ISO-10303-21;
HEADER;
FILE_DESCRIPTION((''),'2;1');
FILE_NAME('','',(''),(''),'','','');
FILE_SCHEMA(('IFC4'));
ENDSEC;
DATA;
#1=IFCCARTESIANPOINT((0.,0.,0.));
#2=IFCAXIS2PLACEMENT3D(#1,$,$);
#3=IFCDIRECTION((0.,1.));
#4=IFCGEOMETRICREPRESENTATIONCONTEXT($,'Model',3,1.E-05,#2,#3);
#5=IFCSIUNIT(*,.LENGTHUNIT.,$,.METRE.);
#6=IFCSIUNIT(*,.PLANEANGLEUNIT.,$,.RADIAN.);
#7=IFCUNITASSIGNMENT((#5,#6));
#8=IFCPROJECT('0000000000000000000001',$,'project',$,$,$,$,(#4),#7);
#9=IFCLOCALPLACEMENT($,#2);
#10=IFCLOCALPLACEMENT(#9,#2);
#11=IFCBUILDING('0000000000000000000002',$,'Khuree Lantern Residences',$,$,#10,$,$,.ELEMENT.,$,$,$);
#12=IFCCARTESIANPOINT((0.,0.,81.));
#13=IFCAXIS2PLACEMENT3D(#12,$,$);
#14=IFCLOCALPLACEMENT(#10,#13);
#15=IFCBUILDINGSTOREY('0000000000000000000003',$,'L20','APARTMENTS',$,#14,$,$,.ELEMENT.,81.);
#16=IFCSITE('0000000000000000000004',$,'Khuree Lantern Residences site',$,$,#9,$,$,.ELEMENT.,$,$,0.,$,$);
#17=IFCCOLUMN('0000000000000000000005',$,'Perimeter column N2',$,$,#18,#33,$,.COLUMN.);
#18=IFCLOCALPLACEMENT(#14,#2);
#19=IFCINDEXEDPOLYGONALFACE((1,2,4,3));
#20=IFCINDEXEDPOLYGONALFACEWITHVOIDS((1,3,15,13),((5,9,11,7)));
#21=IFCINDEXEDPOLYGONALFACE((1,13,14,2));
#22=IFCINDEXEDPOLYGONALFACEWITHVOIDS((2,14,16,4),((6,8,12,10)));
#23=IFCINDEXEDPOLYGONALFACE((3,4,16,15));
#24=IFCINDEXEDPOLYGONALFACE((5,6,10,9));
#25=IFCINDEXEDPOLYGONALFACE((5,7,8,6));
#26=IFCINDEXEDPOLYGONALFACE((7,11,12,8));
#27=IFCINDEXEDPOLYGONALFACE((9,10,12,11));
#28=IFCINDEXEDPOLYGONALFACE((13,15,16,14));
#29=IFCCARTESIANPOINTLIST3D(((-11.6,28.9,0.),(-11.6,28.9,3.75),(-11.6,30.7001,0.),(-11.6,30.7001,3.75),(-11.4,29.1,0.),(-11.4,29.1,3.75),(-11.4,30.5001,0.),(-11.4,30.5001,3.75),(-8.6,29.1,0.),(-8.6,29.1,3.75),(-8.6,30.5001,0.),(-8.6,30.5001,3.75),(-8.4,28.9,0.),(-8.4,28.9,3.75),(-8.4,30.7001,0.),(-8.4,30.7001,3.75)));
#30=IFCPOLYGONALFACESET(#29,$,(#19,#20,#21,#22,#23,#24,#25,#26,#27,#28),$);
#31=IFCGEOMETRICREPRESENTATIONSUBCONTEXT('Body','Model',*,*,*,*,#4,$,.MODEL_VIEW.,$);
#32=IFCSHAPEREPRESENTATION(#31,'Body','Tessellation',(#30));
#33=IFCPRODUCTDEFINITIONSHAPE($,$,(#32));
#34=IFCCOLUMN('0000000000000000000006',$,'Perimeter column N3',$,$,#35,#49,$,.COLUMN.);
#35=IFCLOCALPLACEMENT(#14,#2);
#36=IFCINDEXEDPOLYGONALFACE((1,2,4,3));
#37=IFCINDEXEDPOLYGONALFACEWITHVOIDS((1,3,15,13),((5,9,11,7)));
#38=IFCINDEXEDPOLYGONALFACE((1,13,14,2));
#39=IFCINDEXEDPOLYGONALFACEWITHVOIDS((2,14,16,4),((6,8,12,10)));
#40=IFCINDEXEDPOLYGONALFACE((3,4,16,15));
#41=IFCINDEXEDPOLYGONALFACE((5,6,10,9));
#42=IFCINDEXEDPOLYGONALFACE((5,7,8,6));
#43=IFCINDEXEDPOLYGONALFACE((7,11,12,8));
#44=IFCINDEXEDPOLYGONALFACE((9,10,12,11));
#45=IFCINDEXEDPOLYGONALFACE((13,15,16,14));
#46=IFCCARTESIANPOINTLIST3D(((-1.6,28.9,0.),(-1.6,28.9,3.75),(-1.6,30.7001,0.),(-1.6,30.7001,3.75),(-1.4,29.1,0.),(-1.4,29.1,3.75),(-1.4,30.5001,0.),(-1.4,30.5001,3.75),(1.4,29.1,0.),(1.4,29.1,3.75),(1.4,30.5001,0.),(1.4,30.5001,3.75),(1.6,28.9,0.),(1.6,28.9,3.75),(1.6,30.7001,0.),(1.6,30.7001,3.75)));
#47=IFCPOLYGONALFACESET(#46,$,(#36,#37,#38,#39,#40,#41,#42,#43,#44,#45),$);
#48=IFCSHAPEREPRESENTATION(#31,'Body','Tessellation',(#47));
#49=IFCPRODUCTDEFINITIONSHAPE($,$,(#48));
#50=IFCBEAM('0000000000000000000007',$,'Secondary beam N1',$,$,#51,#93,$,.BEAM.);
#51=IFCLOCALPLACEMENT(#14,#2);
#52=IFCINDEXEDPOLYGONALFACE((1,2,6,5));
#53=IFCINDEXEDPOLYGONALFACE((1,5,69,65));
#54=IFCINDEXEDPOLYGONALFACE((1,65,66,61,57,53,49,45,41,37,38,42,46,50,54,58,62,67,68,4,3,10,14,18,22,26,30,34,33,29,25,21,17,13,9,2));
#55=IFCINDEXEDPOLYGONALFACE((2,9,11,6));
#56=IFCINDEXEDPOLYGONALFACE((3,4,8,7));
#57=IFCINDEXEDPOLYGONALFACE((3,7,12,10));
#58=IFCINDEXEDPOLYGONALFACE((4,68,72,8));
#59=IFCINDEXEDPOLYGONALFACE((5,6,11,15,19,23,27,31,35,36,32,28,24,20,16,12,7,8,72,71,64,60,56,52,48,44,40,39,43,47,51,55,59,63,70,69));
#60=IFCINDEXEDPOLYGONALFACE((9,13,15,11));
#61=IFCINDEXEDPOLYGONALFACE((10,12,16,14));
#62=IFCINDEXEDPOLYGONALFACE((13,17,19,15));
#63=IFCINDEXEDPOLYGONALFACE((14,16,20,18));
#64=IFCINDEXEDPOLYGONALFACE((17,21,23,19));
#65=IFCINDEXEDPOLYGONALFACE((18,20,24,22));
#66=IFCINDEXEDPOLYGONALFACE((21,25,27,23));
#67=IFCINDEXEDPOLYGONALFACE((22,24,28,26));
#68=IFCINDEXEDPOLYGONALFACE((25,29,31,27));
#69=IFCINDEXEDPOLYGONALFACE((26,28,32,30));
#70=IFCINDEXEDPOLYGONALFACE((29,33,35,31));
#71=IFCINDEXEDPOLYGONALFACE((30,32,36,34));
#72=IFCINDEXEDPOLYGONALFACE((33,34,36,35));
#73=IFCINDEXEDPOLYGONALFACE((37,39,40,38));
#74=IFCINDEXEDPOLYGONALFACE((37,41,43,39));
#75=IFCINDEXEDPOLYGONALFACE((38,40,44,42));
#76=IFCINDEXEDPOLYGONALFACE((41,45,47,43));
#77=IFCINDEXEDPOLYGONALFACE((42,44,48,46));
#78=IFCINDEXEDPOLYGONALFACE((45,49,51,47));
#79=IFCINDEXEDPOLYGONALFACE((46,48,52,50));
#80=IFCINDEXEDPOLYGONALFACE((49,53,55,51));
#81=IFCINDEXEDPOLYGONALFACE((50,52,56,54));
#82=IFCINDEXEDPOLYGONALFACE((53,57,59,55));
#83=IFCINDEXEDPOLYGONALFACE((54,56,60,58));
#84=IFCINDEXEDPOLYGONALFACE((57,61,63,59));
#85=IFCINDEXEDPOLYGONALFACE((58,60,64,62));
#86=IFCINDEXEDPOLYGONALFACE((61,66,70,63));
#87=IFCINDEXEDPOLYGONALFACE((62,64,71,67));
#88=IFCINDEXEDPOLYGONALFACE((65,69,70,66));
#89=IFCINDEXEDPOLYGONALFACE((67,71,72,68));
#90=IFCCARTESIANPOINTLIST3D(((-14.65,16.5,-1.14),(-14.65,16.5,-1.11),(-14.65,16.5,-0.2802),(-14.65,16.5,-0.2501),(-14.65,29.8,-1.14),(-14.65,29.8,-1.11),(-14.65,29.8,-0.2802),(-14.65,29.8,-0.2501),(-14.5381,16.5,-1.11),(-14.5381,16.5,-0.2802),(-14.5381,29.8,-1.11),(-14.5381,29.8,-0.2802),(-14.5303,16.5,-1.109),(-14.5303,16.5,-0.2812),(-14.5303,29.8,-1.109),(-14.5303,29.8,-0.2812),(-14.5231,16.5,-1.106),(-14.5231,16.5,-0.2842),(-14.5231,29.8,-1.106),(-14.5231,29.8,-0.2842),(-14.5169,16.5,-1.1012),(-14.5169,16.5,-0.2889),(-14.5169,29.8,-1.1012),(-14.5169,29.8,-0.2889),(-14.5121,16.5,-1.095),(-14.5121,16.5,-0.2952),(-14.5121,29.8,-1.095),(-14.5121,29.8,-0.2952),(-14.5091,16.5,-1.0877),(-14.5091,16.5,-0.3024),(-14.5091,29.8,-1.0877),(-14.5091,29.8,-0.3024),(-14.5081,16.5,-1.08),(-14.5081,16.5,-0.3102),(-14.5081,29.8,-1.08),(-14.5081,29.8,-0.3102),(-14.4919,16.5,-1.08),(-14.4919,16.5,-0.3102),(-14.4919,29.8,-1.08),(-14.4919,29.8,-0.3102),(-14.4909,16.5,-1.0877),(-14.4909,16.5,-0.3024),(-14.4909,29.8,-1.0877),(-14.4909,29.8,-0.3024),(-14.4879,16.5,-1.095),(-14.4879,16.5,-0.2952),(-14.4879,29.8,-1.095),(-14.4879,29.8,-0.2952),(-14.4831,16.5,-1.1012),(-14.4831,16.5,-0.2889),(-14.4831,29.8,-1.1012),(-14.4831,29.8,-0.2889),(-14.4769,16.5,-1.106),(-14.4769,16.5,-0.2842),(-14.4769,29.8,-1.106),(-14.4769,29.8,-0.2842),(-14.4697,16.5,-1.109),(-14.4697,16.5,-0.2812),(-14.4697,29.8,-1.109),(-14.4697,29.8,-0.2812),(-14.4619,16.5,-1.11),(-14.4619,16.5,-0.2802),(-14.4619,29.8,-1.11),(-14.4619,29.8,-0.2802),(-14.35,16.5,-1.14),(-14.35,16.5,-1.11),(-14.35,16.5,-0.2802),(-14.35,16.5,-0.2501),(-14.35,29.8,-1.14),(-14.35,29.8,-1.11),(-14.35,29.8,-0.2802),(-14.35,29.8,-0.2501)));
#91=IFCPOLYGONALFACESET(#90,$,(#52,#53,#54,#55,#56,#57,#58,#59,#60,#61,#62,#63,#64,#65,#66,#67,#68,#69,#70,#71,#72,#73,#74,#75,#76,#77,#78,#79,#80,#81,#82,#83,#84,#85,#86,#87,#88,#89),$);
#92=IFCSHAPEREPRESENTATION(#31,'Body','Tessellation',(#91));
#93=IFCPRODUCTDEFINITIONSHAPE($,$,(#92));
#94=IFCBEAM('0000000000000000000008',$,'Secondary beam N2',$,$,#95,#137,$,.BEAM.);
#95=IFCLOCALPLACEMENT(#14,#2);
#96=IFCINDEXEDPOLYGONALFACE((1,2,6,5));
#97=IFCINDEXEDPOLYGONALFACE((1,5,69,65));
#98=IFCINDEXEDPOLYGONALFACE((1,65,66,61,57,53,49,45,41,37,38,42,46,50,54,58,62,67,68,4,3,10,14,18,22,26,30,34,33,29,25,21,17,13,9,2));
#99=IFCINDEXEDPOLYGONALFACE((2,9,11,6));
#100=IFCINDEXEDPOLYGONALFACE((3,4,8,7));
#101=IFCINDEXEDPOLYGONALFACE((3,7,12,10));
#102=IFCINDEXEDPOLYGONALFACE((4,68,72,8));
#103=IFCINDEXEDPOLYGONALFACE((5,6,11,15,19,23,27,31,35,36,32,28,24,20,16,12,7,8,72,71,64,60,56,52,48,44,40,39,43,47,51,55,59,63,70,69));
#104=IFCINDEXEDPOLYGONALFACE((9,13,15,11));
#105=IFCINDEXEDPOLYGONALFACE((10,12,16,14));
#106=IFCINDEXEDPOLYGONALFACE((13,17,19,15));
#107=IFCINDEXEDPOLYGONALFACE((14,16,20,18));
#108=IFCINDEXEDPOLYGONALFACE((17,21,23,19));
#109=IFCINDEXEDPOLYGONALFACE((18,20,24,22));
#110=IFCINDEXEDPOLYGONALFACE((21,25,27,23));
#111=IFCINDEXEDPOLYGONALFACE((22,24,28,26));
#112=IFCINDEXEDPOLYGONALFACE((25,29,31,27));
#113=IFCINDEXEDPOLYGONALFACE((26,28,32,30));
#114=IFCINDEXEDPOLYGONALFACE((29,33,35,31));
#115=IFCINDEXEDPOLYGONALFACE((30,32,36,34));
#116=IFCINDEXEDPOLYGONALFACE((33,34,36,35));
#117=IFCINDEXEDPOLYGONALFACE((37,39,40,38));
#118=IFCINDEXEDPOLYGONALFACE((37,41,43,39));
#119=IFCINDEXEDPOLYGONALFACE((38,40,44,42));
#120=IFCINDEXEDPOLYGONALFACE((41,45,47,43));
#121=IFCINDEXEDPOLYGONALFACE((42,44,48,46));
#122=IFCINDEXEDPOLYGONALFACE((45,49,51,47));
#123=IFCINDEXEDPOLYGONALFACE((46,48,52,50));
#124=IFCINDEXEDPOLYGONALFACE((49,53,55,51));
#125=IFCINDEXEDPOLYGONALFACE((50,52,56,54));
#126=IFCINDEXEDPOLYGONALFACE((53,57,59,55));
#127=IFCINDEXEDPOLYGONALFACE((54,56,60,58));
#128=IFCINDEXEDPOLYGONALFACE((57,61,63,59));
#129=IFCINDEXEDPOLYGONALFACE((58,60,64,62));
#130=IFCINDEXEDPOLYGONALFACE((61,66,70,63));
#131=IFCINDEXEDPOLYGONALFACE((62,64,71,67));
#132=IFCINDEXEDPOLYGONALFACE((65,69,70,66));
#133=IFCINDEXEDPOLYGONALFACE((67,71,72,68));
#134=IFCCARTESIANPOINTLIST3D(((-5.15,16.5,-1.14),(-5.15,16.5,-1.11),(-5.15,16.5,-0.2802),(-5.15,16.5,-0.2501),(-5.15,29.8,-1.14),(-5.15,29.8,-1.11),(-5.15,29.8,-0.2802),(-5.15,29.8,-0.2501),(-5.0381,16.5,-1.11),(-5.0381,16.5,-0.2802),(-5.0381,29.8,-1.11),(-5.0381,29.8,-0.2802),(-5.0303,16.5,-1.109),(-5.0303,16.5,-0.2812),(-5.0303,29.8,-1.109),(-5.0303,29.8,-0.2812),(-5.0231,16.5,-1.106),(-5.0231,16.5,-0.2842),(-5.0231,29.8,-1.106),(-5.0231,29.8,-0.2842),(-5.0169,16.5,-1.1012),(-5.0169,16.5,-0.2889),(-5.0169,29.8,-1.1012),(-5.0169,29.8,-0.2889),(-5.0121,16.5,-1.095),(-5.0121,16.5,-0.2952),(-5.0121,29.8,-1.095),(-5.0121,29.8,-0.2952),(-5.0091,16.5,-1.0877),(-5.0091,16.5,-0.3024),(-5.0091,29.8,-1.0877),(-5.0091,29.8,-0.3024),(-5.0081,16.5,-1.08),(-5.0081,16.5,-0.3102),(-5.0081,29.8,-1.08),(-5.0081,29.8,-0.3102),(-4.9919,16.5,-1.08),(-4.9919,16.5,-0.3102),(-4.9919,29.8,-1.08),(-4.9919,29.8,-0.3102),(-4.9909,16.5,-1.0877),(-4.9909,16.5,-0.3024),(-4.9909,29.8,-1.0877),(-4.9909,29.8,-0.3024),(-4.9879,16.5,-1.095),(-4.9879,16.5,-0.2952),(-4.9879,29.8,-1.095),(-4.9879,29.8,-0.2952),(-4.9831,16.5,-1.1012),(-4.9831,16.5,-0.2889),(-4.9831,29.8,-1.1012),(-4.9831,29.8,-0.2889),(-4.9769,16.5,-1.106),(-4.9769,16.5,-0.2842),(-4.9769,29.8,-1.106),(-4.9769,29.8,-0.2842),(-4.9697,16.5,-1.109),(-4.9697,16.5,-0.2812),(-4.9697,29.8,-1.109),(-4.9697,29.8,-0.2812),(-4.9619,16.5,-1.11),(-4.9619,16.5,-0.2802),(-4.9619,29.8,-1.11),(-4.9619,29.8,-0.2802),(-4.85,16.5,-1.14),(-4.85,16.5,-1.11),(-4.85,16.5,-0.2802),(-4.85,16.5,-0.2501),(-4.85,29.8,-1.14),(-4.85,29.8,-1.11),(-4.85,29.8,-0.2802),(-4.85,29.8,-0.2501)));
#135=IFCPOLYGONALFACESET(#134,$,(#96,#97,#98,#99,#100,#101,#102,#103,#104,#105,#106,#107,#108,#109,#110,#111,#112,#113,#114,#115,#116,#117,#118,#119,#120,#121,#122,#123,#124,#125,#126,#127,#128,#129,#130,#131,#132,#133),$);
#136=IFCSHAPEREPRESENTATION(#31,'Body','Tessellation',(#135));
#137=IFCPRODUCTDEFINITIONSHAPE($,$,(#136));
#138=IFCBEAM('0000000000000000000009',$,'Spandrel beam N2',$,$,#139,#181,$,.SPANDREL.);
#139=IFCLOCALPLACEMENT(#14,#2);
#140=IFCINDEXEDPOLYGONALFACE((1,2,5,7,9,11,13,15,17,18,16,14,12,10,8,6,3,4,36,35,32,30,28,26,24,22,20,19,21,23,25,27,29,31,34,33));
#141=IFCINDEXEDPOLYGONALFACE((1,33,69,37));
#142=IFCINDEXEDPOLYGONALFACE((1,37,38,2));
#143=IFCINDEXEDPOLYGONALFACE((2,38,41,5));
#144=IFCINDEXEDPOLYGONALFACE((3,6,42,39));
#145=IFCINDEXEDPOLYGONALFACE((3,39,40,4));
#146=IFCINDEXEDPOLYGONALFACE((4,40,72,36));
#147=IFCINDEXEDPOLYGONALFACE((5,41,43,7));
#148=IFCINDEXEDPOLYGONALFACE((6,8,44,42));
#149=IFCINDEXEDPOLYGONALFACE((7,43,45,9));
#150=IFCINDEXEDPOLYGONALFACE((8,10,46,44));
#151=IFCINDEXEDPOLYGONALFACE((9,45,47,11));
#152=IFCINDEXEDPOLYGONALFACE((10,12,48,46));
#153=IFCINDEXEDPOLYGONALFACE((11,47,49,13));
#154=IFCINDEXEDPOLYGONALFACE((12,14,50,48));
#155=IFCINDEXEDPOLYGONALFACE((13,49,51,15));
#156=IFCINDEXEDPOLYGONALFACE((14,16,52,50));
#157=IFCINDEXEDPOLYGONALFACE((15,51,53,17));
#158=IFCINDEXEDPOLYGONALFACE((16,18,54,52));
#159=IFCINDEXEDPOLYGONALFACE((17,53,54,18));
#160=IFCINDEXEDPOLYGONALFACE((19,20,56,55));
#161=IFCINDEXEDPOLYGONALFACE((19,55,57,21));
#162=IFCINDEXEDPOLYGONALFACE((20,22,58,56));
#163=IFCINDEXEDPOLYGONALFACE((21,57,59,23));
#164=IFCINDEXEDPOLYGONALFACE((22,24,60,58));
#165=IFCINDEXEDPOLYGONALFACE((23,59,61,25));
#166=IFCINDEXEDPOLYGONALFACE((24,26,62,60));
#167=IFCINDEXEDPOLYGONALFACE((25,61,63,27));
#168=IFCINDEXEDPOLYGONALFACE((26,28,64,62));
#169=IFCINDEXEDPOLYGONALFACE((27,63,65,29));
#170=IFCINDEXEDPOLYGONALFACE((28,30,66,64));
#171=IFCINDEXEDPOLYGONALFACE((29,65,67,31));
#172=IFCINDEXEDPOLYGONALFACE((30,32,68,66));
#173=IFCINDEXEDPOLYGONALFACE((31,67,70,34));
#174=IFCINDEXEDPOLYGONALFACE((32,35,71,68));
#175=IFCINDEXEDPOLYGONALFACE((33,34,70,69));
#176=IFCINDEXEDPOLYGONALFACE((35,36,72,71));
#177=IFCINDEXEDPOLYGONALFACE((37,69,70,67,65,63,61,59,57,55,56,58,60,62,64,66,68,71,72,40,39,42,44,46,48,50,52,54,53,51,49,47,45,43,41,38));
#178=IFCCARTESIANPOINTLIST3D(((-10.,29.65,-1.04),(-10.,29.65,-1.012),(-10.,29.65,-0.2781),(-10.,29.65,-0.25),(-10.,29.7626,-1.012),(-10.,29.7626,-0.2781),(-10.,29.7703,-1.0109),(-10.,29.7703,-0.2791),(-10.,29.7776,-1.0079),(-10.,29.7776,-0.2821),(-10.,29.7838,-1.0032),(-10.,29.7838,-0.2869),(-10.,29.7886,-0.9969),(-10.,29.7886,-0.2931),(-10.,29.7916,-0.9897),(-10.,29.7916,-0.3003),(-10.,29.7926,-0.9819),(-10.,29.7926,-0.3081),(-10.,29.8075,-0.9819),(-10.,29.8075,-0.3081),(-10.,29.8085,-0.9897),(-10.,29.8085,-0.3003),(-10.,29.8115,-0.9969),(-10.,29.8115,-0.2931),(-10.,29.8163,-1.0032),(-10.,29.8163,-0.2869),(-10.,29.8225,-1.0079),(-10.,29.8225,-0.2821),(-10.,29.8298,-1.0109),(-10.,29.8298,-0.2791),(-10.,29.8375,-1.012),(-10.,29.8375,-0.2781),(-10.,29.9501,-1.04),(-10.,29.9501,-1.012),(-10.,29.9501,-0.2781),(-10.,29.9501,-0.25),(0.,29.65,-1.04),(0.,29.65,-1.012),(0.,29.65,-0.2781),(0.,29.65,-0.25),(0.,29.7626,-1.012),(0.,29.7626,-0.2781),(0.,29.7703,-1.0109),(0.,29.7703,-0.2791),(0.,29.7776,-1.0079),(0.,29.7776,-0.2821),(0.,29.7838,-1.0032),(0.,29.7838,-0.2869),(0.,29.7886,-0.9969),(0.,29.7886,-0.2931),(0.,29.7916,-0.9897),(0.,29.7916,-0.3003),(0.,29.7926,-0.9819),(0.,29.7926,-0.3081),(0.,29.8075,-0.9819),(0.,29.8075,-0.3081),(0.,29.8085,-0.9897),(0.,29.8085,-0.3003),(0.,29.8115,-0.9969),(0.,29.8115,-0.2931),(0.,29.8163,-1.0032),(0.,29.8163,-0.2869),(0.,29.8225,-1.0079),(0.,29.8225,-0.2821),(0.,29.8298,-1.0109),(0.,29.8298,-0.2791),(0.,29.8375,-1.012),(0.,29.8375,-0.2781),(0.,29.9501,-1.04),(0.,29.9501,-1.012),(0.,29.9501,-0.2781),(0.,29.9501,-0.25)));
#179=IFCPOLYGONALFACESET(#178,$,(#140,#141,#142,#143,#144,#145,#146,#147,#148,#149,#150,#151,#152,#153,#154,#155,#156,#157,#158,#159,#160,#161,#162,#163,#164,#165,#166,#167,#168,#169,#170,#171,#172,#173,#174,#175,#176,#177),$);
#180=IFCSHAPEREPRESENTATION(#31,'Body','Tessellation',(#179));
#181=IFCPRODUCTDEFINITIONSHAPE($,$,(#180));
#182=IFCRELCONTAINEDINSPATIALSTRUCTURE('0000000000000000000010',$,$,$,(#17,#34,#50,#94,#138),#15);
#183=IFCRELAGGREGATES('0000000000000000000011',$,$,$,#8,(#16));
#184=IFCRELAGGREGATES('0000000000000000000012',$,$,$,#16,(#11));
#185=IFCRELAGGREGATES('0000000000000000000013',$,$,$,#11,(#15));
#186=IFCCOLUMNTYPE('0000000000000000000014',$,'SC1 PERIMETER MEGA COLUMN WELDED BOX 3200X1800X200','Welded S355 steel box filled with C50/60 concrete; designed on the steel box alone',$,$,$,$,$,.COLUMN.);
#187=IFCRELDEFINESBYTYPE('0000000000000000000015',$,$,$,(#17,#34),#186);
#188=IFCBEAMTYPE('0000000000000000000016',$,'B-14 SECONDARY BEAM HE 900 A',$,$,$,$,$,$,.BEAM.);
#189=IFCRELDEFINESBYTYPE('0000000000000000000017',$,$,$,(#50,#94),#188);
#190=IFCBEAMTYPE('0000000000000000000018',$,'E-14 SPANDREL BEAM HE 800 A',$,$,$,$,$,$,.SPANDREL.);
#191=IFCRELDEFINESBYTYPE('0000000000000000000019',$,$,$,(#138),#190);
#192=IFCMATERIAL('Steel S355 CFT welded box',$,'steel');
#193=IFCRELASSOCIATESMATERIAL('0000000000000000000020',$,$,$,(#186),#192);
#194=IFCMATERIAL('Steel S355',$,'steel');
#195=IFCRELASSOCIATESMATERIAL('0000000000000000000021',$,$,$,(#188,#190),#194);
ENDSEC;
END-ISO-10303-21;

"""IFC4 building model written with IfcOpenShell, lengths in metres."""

from ifc_helpers import new_model, si_unit, direction, frame, origin, origin_2d, place, context, subcontext, project, spatial, hollow_rectangle, i_section, extrude, material, material_profile, profile_set, type_object, element, save


model = new_model("IFC4")

# Units and contexts
model_context = context("Model", 3, precision=1e-05, world=origin(), true_north=direction((0.0, 1.0)))
body_context = subcontext(model_context, "Body", "Model", "MODEL_VIEW")
ifc_project = project(units=[si_unit("LENGTHUNIT", "METRE"), si_unit("PLANEANGLEUNIT", "RADIAN")], contexts=[model_context])

# Site, building, storey
site_placement = place(None, origin())
site = spatial("IfcSite", under=ifc_project, at=site_placement, Name="Khuree Lantern Residences site", CompositionType="ELEMENT", RefElevation=0.0)
building_placement = place(site_placement, origin())
building = spatial("IfcBuilding", under=site, at=building_placement, Name="Khuree Lantern Residences", CompositionType="ELEMENT")
storey_placement = place(building_placement, frame((0.0, 0.0, 81.0)))
storey = spatial("IfcBuildingStorey", under=building, at=storey_placement, Name="L20", Description="APARTMENTS", CompositionType="ELEMENT", Elevation=81.0)

# Columns
ifc_material_1 = material(Name="Steel S355 CFT welded box", Category="steel")
ifc_material_profile_1 = material_profile(ifc_material_1, hollow_rectangle(XDim=3.2, YDim=1.8, WallThickness=0.2, at=origin_2d()), Name="WELDED BOX 3200X1800X200")
ifc_profile_set_1 = profile_set([ifc_material_profile_1], Name="Steel S355 CFT welded box")
column_type = type_object("IfcColumnType", Name="SC1 PERIMETER MEGA COLUMN WELDED BOX 3200X1800X200", Description="Welded S355 steel box filled with C50/60 concrete; designed on the steel box alone", PredefinedType="COLUMN", material=ifc_profile_set_1)
for number, where, z_axis, x_axis, name in (
    (1, (-10.0, 29.8, 0.0), (0.0, 0.0, 1.0), (1.0, 0.0, 0.0), "Perimeter column N2"),
    (2, (0.0, 29.8, 0.0), (0.0, 0.0, 1.0), (1.0, 0.0, 0.0), "Perimeter column N3"),
):
    element("IfcColumn", number, at=place(storey_placement, frame(where, z_axis=z_axis, x_axis=x_axis)), inside=storey, type_object=column_type, Name=name, PredefinedType="COLUMN", context=body_context, shape_type="SweptSolid", body=[
        extrude(hollow_rectangle(XDim=3.2, YDim=1.8, WallThickness=0.2, at=origin_2d()), origin(), (0.0, 0.0, 1.0), 3.75),
    ])

# Beams
ifc_material_2 = material(Name="Steel S355", Category="steel")
ifc_material_profile_2 = material_profile(ifc_material_2, i_section(OverallWidth=0.3, OverallDepth=0.8899, WebThickness=0.0161, FlangeThickness=0.03, FilletRadius=0.03, at=origin_2d()), Name="HE 900 A")
ifc_profile_set_2 = profile_set([ifc_material_profile_2], Name="Steel S355")
beam_type_1 = type_object("IfcBeamType", Name="B-14 SECONDARY BEAM HE 900 A", PredefinedType="BEAM", material=ifc_profile_set_2)
for number, where, z_axis, x_axis, name in (
    (3, (-14.5, 29.8, -0.6951), (0.0, -1.0, 0.0), (1.0, 0.0, 0.0), "Secondary beam N1"),
    (4, (-5.0, 29.8, -0.6951), (0.0, -1.0, 0.0), (1.0, 0.0, 0.0), "Secondary beam N2"),
):
    element("IfcBeam", number, at=place(storey_placement, frame(where, z_axis=z_axis, x_axis=x_axis)), inside=storey, type_object=beam_type_1, Name=name, PredefinedType="BEAM", context=body_context, shape_type="SweptSolid", body=[
        extrude(i_section(OverallWidth=0.3, OverallDepth=0.8899, WebThickness=0.0161, FlangeThickness=0.03, FilletRadius=0.03, at=origin_2d()), origin(), (0.0, 0.0, 1.0), 13.3),
    ])
ifc_material_profile_3 = material_profile(ifc_material_2, i_section(OverallWidth=0.3, OverallDepth=0.79, WebThickness=0.0149, FlangeThickness=0.0281, FilletRadius=0.03, at=origin_2d()), Name="HE 800 A")
ifc_profile_set_3 = profile_set([ifc_material_profile_3], Name="Steel S355")
beam_type_2 = type_object("IfcBeamType", Name="E-14 SPANDREL BEAM HE 800 A", PredefinedType="SPANDREL", material=ifc_profile_set_3)
for number, where, z_axis, x_axis, name in (
    (5, (-10.0, 29.8, -0.645), (1.0, 0.0, 0.0), (0.0, 1.0, 0.0), "Spandrel beam N2"),
):
    element("IfcBeam", number, at=place(storey_placement, frame(where, z_axis=z_axis, x_axis=x_axis)), inside=storey, type_object=beam_type_2, Name=name, PredefinedType="SPANDREL", context=body_context, shape_type="SweptSolid", body=[
        extrude(i_section(OverallWidth=0.3, OverallDepth=0.79, WebThickness=0.0149, FlangeThickness=0.0281, FilletRadius=0.03, at=origin_2d()), origin(), (0.0, 0.0, 1.0), 10.0),
    ])

save(model, "model.ifc")
